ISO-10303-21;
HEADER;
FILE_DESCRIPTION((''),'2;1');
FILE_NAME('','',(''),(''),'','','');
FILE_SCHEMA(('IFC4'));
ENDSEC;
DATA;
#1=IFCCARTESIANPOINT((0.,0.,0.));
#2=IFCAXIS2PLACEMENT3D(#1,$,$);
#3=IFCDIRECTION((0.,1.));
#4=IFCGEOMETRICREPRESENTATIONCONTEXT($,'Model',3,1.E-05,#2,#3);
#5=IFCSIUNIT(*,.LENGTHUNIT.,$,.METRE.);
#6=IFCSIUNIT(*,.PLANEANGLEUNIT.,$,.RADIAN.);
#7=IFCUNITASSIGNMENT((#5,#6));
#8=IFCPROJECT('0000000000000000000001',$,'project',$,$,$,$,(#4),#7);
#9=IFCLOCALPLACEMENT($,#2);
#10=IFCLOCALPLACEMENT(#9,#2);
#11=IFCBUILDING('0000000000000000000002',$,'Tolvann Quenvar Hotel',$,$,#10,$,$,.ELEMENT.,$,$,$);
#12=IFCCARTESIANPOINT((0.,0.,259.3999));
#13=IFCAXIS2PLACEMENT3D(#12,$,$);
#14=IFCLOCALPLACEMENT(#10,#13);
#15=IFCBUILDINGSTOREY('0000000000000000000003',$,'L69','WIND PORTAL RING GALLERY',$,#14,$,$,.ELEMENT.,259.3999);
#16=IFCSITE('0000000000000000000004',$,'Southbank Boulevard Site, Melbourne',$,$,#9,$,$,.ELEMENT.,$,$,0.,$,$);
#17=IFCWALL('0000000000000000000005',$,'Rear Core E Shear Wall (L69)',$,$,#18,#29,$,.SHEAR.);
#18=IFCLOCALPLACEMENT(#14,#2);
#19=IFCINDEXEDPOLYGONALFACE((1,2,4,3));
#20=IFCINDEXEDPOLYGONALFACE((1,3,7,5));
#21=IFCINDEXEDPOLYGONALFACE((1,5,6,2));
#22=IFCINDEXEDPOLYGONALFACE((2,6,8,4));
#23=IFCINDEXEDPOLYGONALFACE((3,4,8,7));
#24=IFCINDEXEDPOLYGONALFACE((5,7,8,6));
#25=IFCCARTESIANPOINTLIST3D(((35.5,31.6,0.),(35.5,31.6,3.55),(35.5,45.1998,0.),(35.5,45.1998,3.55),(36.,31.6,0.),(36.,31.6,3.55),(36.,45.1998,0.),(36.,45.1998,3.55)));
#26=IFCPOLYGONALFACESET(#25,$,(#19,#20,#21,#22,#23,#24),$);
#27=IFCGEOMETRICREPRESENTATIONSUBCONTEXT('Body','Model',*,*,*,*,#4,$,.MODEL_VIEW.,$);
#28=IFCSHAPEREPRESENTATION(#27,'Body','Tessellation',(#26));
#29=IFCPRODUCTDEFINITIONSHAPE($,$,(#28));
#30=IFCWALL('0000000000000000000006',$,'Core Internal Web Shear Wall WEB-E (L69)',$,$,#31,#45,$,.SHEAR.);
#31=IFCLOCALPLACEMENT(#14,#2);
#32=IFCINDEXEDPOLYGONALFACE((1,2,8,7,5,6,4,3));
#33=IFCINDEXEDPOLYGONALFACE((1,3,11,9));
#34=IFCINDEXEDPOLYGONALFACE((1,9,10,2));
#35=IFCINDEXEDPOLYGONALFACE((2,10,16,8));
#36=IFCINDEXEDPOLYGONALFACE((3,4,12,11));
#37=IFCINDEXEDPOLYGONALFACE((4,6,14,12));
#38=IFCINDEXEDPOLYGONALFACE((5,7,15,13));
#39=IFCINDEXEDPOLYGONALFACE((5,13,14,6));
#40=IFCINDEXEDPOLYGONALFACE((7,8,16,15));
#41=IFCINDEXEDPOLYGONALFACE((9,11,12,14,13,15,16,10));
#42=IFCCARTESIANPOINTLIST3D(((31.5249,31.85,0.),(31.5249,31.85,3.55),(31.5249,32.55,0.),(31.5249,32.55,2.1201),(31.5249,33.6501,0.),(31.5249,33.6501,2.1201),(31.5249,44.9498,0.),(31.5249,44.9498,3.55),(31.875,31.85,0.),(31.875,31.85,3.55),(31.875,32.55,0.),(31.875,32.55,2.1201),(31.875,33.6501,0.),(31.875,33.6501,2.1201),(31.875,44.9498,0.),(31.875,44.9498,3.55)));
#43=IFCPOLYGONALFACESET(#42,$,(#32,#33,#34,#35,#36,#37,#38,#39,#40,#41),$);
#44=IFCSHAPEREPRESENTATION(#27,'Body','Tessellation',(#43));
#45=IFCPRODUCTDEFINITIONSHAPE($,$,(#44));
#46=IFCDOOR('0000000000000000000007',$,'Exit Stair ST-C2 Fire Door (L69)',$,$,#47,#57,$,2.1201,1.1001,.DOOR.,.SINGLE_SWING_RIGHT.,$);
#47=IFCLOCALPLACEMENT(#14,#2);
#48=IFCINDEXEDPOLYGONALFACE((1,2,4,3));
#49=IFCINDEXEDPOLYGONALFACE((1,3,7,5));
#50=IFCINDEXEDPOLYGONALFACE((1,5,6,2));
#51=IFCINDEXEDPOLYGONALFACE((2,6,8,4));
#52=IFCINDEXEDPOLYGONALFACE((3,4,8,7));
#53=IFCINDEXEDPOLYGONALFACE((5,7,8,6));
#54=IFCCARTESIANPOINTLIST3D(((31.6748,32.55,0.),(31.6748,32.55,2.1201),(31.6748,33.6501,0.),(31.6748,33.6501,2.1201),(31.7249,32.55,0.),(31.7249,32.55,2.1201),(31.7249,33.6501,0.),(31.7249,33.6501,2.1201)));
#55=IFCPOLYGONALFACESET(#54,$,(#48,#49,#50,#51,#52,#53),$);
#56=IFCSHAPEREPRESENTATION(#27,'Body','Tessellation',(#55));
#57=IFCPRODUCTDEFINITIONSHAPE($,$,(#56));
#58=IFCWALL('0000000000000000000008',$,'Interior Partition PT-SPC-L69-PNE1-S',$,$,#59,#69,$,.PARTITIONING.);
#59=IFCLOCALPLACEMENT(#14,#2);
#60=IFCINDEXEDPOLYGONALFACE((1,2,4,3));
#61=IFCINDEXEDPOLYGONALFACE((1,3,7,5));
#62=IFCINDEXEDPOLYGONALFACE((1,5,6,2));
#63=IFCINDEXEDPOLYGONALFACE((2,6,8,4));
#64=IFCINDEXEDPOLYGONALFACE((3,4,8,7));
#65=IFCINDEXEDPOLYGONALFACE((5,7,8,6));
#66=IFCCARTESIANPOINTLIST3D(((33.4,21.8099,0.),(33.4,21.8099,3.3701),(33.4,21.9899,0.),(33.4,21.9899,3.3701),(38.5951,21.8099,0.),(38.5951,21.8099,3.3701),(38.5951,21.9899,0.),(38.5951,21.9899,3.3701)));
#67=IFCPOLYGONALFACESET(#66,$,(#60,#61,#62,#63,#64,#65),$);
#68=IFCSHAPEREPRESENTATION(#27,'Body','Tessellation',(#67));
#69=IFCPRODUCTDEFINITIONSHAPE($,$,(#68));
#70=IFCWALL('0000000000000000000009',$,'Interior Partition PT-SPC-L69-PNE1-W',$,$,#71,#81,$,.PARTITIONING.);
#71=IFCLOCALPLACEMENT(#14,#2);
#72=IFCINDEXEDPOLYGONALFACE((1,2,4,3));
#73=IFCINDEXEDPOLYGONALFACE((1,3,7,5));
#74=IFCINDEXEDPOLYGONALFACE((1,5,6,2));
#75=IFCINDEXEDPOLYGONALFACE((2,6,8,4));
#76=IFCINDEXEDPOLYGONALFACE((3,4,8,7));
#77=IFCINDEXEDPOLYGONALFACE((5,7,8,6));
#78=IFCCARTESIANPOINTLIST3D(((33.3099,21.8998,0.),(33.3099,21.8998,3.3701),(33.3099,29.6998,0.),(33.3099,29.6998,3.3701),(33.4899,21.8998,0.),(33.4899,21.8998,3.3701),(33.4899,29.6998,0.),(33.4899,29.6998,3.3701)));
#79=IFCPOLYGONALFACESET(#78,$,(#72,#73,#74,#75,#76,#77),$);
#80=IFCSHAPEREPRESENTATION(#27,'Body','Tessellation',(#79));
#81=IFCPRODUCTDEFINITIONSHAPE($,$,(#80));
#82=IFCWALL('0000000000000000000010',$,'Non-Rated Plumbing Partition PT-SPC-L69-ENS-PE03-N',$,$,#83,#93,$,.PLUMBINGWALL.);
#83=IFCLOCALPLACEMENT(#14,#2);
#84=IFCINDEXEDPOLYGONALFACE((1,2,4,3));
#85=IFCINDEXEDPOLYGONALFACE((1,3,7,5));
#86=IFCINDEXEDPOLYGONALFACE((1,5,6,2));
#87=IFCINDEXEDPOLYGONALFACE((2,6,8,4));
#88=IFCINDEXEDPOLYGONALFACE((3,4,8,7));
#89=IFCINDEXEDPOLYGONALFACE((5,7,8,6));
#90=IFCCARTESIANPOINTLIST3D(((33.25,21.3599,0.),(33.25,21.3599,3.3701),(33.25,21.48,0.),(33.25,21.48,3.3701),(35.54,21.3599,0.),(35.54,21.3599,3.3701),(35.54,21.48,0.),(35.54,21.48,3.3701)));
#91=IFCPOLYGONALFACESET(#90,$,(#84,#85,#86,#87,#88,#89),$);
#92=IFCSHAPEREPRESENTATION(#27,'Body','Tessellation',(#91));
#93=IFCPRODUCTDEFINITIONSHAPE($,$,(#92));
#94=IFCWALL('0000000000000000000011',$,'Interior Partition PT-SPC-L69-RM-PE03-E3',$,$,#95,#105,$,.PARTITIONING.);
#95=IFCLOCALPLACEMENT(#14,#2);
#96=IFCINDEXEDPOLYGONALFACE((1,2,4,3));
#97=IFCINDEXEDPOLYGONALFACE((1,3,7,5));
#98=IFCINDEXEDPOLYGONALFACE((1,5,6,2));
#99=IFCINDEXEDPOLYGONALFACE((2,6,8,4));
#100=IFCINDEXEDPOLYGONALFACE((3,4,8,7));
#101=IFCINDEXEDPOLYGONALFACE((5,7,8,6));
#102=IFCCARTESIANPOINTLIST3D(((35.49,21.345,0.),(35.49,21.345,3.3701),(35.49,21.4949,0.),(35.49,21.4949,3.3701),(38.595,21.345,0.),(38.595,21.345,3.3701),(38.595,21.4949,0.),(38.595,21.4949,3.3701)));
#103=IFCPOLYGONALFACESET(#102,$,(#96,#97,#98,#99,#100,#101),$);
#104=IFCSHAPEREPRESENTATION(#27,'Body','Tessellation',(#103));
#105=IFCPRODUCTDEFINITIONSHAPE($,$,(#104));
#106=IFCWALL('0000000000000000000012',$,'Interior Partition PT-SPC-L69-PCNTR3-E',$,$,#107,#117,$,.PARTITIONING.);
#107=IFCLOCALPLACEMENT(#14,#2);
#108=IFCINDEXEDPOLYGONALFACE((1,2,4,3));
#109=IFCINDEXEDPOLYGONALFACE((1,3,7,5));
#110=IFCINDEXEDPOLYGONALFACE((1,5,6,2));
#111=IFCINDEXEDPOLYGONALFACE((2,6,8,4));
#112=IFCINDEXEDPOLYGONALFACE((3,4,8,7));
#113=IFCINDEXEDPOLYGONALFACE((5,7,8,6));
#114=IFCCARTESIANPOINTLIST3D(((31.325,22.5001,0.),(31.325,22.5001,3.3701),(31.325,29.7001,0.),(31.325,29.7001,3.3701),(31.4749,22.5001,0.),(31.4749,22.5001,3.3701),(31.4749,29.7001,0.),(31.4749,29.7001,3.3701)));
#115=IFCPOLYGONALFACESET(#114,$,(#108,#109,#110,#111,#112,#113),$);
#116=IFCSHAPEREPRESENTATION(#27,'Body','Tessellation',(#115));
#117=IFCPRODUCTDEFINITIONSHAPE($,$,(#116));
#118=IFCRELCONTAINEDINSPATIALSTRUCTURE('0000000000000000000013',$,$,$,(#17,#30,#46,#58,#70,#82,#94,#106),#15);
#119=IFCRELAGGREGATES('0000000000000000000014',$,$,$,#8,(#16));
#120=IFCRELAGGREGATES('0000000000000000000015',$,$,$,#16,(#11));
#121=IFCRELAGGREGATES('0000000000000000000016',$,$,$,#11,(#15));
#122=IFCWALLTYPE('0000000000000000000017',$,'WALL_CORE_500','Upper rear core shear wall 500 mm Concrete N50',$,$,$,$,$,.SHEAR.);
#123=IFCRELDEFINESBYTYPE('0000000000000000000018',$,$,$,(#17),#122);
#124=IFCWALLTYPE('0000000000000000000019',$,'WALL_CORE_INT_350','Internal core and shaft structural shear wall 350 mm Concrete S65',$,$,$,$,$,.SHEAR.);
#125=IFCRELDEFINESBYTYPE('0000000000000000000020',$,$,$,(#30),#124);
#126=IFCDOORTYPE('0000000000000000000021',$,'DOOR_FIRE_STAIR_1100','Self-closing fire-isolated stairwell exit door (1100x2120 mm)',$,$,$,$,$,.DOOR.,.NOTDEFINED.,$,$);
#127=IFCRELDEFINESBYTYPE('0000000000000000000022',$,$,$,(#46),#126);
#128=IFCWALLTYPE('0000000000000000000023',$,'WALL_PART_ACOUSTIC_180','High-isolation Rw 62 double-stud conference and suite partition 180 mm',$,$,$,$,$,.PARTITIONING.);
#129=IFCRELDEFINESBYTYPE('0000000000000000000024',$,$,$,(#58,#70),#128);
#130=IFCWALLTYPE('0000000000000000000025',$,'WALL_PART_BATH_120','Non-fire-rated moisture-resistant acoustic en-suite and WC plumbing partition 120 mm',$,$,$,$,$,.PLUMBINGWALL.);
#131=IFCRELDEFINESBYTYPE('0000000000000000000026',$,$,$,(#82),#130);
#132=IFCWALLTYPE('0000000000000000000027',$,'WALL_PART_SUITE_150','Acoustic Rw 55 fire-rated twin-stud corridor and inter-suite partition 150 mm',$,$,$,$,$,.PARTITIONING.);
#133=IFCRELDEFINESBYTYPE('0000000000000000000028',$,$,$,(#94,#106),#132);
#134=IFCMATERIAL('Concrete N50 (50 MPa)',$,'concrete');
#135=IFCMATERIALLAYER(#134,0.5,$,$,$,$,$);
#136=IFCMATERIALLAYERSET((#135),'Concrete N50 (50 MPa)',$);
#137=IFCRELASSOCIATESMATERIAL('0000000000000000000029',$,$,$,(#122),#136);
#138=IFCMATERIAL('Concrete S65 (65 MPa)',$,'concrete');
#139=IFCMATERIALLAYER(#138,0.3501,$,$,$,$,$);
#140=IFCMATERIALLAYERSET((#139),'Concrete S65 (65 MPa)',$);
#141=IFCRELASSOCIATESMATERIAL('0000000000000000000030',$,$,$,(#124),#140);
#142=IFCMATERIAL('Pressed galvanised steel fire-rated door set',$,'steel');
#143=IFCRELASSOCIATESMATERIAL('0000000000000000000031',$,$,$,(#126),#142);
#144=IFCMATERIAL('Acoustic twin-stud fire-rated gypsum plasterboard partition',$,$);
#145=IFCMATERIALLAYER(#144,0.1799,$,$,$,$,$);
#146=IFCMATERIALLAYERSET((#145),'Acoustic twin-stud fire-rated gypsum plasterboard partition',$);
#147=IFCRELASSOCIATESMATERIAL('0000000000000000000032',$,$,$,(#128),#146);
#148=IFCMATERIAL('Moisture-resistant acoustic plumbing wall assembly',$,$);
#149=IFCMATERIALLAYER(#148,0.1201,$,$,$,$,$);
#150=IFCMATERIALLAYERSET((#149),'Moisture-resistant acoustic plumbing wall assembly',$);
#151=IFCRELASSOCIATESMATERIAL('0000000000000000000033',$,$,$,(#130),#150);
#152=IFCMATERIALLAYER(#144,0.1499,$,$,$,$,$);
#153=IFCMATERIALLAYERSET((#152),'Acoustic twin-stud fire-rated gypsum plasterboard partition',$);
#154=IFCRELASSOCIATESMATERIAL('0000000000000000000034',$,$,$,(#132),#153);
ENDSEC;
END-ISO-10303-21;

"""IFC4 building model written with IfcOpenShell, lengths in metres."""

from ifc_helpers import new_model, si_unit, direction, frame, frame_2d, origin, place, context, subcontext, project, spatial, rectangle, extrude, source, transform, mapped, material, layer, layer_set, type_object, type_shapes, element, fill, save


model = new_model("IFC4")

# Units and contexts
model_context = context("Model", 3, precision=1e-05, world=origin(), true_north=direction((0.0, 1.0)))
body_context = subcontext(model_context, "Body", "Model", "MODEL_VIEW")
ifc_project = project(units=[si_unit("LENGTHUNIT", "METRE"), si_unit("PLANEANGLEUNIT", "RADIAN")], contexts=[model_context])

# Site, building, storey
site_placement = place(None, origin())
site = spatial("IfcSite", under=ifc_project, at=site_placement, Name="Southbank Boulevard Site, Melbourne", CompositionType="ELEMENT", RefElevation=0.0)
building_placement = place(site_placement, origin())
building = spatial("IfcBuilding", under=site, at=building_placement, Name="Tolvann Quenvar Hotel", CompositionType="ELEMENT")
storey_placement = place(building_placement, frame((0.0, 0.0, 259.3999)))
storey = spatial("IfcBuildingStorey", under=building, at=storey_placement, Name="L69", Description="WIND PORTAL RING GALLERY", CompositionType="ELEMENT", Elevation=259.3999)

# Wall
ifc_material_1 = material(Name="Concrete N50 (50 MPa)", Category="concrete")
ifc_layer_1 = layer(ifc_material_1, 0.5)
ifc_layer_set_1 = layer_set([ifc_layer_1], Name="Concrete N50 (50 MPa)")
wall_type_1 = type_object("IfcWallType", Name="WALL_CORE_500", Description="Upper rear core shear wall 500 mm Concrete N50", PredefinedType="SHEAR", material=ifc_layer_set_1)
wall_1_placement = place(storey_placement, frame((35.75, 31.6001, 0.0), z_axis=(0.0, 0.0, 1.0), x_axis=(0.0, 1.0, 0.0)))
element("IfcWall", 1, at=wall_1_placement, inside=storey, type_object=wall_type_1, Name="Rear Core E Shear Wall (L69)", PredefinedType="SHEAR", context=body_context, shape_type="SweptSolid", body=[
    extrude(rectangle(XDim=13.5999, YDim=0.5, at=frame_2d((6.7998, 0.0))), origin(), (0.0, 0.0, 1.0), 3.55),
])

# Wall, opening, door
ifc_material_2 = material(Name="Concrete S65 (65 MPa)", Category="concrete")
ifc_layer_2 = layer(ifc_material_2, 0.3501)
ifc_layer_set_2 = layer_set([ifc_layer_2], Name="Concrete S65 (65 MPa)")
wall_type_2 = type_object("IfcWallType", Name="WALL_CORE_INT_350", Description="Internal core and shaft structural shear wall 350 mm Concrete S65", PredefinedType="SHEAR", material=ifc_layer_set_2)
wall_2_placement = place(storey_placement, frame((31.7, 31.8501, 0.0), z_axis=(0.0, 0.0, 1.0), x_axis=(0.0, 1.0, 0.0)))
wall_2 = element("IfcWall", 2, at=wall_2_placement, inside=storey, type_object=wall_type_2, Name="Core Internal Web Shear Wall WEB-E (L69)", PredefinedType="SHEAR", context=body_context, shape_type="SweptSolid", body=[
    extrude(rectangle(XDim=13.0999, YDim=0.3501, at=frame_2d((6.5498, 0.0))), origin(), (0.0, 0.0, 1.0), 3.55),
])
opening_1_placement = place(wall_2_placement, frame((1.8, 0.0, 0.0), z_axis=(0.0, 0.0, 1.0), x_axis=(-1.0, 0.0, 0.0)))
opening_1 = element("IfcOpeningElement", 3, at=opening_1_placement, cuts=wall_2, PredefinedType="OPENING", context=body_context, shape_type="SweptSolid", body=[
    extrude(rectangle(XDim=1.1001, YDim=2.1201, at=frame_2d((0.55, 1.0601))), frame((0.0, 0.1851, 0.0), z_axis=(0.0, -1.0, 0.0), x_axis=(1.0, 0.0, 0.0)), (0.0, 0.0, 1.0), 0.3701),
])
ifc_material_3 = material(Name="Pressed galvanised steel fire-rated door set", Category="steel")
door_type_1 = type_object("IfcDoorType", Name="DOOR_FIRE_STAIR_1100", Description="Self-closing fire-isolated stairwell exit door (1100x2120 mm)", OperationType="NOTDEFINED", PredefinedType="DOOR", material=ifc_material_3)
shared_shape_1 = source(origin(), body_context, "Body", "SweptSolid", [
    extrude(rectangle(XDim=1.1001, YDim=2.1201, at=frame_2d((0.55, 1.0601))), frame((0.0, 0.0249, 0.0), z_axis=(0.0, -1.0, 0.0), x_axis=(1.0, 0.0, 0.0)), (0.0, 0.0, 1.0), 0.05),
])
type_shapes(door_type_1, [shared_shape_1])
door_1_placement = place(opening_1_placement, origin())
door_1 = element("IfcDoor", 4, at=door_1_placement, inside=storey, type_object=door_type_1, Name="Exit Stair ST-C2 Fire Door (L69)", OperationType="SINGLE_SWING_RIGHT", OverallHeight=2.1201, OverallWidth=1.1001, PredefinedType="DOOR", context=body_context, shape_type="MappedRepresentation", body=[
    mapped(shared_shape_1, transform((0.0, 0.0, 0.0), x_axis=(1.0, 0.0, 0.0), y_axis=(0.0, 1.0, 0.0), z_axis=(0.0, 0.0, 1.0), scale=1.0)),
])
fill(opening_1, door_1)

# Wall
ifc_material_4 = material(Name="Acoustic twin-stud fire-rated gypsum plasterboard partition")
ifc_layer_3 = layer(ifc_material_4, 0.1799)
ifc_layer_set_3 = layer_set([ifc_layer_3], Name="Acoustic twin-stud fire-rated gypsum plasterboard partition")
wall_type_3 = type_object("IfcWallType", Name="WALL_PART_ACOUSTIC_180", Description="High-isolation Rw 62 double-stud conference and suite partition 180 mm", PredefinedType="PARTITIONING", material=ifc_layer_set_3)
wall_3_placement = place(storey_placement, frame((33.3999, 21.8999, 0.0), z_axis=(0.0, 0.0, 1.0), x_axis=(1.0, 0.0, 0.0)))
element("IfcWall", 5, at=wall_3_placement, inside=storey, type_object=wall_type_3, Name="Interior Partition PT-SPC-L69-PNE1-S", PredefinedType="PARTITIONING", context=body_context, shape_type="SweptSolid", body=[
    extrude(rectangle(XDim=5.1951, YDim=0.1799, at=frame_2d((2.5977, 0.0))), origin(), (0.0, 0.0, 1.0), 3.3701),
])

# Walls
wall_4_placement = place(storey_placement, frame((33.3999, 21.8999, 0.0), z_axis=(0.0, 0.0, 1.0), x_axis=(0.0, 1.0, 0.0)))
element("IfcWall", 6, at=wall_4_placement, inside=storey, type_object=wall_type_3, Name="Interior Partition PT-SPC-L69-PNE1-W", PredefinedType="PARTITIONING", context=body_context, shape_type="SweptSolid", body=[
    extrude(rectangle(XDim=7.8, YDim=0.1799, at=frame_2d((3.8999, 0.0))), origin(), (0.0, 0.0, 1.0), 3.3701),
])
ifc_material_5 = material(Name="Moisture-resistant acoustic plumbing wall assembly")
ifc_layer_4 = layer(ifc_material_5, 0.1201)
ifc_layer_set_4 = layer_set([ifc_layer_4], Name="Moisture-resistant acoustic plumbing wall assembly")
wall_type_4 = type_object("IfcWallType", Name="WALL_PART_BATH_120", Description="Non-fire-rated moisture-resistant acoustic en-suite and WC plumbing partition 120 mm", PredefinedType="PLUMBINGWALL", material=ifc_layer_set_4)
wall_5_placement = place(storey_placement, frame((33.25, 21.4199, 0.0), z_axis=(0.0, 0.0, 1.0), x_axis=(1.0, 0.0, 0.0)))
element("IfcWall", 7, at=wall_5_placement, inside=storey, type_object=wall_type_4, Name="Non-Rated Plumbing Partition PT-SPC-L69-ENS-PE03-N", PredefinedType="PLUMBINGWALL", context=body_context, shape_type="SweptSolid", body=[
    extrude(rectangle(XDim=2.29, YDim=0.1201, at=frame_2d((1.145, 0.0))), origin(), (0.0, 0.0, 1.0), 3.3701),
])
ifc_layer_5 = layer(ifc_material_4, 0.1499)
ifc_layer_set_5 = layer_set([ifc_layer_5], Name="Acoustic twin-stud fire-rated gypsum plasterboard partition")
wall_type_5 = type_object("IfcWallType", Name="WALL_PART_SUITE_150", Description="Acoustic Rw 55 fire-rated twin-stud corridor and inter-suite partition 150 mm", PredefinedType="PARTITIONING", material=ifc_layer_set_5)
wall_6_placement = place(storey_placement, frame((35.49, 21.4199, 0.0), z_axis=(0.0, 0.0, 1.0), x_axis=(1.0, 0.0, 0.0)))
element("IfcWall", 8, at=wall_6_placement, inside=storey, type_object=wall_type_5, Name="Interior Partition PT-SPC-L69-RM-PE03-E3", PredefinedType="PARTITIONING", context=body_context, shape_type="SweptSolid", body=[
    extrude(rectangle(XDim=3.105, YDim=0.1499, at=frame_2d((1.5525, 0.0))), origin(), (0.0, 0.0, 1.0), 3.3701),
])
wall_7_placement = place(storey_placement, frame((31.3999, 22.5, 0.0), z_axis=(0.0, 0.0, 1.0), x_axis=(0.0, 1.0, 0.0)))
element("IfcWall", 9, at=wall_7_placement, inside=storey, type_object=wall_type_5, Name="Interior Partition PT-SPC-L69-PCNTR3-E", PredefinedType="PARTITIONING", context=body_context, shape_type="SweptSolid", body=[
    extrude(rectangle(XDim=7.2, YDim=0.1499, at=frame_2d((3.6001, 0.0))), origin(), (0.0, 0.0, 1.0), 3.3701),
])

save(model, "model.ifc")
